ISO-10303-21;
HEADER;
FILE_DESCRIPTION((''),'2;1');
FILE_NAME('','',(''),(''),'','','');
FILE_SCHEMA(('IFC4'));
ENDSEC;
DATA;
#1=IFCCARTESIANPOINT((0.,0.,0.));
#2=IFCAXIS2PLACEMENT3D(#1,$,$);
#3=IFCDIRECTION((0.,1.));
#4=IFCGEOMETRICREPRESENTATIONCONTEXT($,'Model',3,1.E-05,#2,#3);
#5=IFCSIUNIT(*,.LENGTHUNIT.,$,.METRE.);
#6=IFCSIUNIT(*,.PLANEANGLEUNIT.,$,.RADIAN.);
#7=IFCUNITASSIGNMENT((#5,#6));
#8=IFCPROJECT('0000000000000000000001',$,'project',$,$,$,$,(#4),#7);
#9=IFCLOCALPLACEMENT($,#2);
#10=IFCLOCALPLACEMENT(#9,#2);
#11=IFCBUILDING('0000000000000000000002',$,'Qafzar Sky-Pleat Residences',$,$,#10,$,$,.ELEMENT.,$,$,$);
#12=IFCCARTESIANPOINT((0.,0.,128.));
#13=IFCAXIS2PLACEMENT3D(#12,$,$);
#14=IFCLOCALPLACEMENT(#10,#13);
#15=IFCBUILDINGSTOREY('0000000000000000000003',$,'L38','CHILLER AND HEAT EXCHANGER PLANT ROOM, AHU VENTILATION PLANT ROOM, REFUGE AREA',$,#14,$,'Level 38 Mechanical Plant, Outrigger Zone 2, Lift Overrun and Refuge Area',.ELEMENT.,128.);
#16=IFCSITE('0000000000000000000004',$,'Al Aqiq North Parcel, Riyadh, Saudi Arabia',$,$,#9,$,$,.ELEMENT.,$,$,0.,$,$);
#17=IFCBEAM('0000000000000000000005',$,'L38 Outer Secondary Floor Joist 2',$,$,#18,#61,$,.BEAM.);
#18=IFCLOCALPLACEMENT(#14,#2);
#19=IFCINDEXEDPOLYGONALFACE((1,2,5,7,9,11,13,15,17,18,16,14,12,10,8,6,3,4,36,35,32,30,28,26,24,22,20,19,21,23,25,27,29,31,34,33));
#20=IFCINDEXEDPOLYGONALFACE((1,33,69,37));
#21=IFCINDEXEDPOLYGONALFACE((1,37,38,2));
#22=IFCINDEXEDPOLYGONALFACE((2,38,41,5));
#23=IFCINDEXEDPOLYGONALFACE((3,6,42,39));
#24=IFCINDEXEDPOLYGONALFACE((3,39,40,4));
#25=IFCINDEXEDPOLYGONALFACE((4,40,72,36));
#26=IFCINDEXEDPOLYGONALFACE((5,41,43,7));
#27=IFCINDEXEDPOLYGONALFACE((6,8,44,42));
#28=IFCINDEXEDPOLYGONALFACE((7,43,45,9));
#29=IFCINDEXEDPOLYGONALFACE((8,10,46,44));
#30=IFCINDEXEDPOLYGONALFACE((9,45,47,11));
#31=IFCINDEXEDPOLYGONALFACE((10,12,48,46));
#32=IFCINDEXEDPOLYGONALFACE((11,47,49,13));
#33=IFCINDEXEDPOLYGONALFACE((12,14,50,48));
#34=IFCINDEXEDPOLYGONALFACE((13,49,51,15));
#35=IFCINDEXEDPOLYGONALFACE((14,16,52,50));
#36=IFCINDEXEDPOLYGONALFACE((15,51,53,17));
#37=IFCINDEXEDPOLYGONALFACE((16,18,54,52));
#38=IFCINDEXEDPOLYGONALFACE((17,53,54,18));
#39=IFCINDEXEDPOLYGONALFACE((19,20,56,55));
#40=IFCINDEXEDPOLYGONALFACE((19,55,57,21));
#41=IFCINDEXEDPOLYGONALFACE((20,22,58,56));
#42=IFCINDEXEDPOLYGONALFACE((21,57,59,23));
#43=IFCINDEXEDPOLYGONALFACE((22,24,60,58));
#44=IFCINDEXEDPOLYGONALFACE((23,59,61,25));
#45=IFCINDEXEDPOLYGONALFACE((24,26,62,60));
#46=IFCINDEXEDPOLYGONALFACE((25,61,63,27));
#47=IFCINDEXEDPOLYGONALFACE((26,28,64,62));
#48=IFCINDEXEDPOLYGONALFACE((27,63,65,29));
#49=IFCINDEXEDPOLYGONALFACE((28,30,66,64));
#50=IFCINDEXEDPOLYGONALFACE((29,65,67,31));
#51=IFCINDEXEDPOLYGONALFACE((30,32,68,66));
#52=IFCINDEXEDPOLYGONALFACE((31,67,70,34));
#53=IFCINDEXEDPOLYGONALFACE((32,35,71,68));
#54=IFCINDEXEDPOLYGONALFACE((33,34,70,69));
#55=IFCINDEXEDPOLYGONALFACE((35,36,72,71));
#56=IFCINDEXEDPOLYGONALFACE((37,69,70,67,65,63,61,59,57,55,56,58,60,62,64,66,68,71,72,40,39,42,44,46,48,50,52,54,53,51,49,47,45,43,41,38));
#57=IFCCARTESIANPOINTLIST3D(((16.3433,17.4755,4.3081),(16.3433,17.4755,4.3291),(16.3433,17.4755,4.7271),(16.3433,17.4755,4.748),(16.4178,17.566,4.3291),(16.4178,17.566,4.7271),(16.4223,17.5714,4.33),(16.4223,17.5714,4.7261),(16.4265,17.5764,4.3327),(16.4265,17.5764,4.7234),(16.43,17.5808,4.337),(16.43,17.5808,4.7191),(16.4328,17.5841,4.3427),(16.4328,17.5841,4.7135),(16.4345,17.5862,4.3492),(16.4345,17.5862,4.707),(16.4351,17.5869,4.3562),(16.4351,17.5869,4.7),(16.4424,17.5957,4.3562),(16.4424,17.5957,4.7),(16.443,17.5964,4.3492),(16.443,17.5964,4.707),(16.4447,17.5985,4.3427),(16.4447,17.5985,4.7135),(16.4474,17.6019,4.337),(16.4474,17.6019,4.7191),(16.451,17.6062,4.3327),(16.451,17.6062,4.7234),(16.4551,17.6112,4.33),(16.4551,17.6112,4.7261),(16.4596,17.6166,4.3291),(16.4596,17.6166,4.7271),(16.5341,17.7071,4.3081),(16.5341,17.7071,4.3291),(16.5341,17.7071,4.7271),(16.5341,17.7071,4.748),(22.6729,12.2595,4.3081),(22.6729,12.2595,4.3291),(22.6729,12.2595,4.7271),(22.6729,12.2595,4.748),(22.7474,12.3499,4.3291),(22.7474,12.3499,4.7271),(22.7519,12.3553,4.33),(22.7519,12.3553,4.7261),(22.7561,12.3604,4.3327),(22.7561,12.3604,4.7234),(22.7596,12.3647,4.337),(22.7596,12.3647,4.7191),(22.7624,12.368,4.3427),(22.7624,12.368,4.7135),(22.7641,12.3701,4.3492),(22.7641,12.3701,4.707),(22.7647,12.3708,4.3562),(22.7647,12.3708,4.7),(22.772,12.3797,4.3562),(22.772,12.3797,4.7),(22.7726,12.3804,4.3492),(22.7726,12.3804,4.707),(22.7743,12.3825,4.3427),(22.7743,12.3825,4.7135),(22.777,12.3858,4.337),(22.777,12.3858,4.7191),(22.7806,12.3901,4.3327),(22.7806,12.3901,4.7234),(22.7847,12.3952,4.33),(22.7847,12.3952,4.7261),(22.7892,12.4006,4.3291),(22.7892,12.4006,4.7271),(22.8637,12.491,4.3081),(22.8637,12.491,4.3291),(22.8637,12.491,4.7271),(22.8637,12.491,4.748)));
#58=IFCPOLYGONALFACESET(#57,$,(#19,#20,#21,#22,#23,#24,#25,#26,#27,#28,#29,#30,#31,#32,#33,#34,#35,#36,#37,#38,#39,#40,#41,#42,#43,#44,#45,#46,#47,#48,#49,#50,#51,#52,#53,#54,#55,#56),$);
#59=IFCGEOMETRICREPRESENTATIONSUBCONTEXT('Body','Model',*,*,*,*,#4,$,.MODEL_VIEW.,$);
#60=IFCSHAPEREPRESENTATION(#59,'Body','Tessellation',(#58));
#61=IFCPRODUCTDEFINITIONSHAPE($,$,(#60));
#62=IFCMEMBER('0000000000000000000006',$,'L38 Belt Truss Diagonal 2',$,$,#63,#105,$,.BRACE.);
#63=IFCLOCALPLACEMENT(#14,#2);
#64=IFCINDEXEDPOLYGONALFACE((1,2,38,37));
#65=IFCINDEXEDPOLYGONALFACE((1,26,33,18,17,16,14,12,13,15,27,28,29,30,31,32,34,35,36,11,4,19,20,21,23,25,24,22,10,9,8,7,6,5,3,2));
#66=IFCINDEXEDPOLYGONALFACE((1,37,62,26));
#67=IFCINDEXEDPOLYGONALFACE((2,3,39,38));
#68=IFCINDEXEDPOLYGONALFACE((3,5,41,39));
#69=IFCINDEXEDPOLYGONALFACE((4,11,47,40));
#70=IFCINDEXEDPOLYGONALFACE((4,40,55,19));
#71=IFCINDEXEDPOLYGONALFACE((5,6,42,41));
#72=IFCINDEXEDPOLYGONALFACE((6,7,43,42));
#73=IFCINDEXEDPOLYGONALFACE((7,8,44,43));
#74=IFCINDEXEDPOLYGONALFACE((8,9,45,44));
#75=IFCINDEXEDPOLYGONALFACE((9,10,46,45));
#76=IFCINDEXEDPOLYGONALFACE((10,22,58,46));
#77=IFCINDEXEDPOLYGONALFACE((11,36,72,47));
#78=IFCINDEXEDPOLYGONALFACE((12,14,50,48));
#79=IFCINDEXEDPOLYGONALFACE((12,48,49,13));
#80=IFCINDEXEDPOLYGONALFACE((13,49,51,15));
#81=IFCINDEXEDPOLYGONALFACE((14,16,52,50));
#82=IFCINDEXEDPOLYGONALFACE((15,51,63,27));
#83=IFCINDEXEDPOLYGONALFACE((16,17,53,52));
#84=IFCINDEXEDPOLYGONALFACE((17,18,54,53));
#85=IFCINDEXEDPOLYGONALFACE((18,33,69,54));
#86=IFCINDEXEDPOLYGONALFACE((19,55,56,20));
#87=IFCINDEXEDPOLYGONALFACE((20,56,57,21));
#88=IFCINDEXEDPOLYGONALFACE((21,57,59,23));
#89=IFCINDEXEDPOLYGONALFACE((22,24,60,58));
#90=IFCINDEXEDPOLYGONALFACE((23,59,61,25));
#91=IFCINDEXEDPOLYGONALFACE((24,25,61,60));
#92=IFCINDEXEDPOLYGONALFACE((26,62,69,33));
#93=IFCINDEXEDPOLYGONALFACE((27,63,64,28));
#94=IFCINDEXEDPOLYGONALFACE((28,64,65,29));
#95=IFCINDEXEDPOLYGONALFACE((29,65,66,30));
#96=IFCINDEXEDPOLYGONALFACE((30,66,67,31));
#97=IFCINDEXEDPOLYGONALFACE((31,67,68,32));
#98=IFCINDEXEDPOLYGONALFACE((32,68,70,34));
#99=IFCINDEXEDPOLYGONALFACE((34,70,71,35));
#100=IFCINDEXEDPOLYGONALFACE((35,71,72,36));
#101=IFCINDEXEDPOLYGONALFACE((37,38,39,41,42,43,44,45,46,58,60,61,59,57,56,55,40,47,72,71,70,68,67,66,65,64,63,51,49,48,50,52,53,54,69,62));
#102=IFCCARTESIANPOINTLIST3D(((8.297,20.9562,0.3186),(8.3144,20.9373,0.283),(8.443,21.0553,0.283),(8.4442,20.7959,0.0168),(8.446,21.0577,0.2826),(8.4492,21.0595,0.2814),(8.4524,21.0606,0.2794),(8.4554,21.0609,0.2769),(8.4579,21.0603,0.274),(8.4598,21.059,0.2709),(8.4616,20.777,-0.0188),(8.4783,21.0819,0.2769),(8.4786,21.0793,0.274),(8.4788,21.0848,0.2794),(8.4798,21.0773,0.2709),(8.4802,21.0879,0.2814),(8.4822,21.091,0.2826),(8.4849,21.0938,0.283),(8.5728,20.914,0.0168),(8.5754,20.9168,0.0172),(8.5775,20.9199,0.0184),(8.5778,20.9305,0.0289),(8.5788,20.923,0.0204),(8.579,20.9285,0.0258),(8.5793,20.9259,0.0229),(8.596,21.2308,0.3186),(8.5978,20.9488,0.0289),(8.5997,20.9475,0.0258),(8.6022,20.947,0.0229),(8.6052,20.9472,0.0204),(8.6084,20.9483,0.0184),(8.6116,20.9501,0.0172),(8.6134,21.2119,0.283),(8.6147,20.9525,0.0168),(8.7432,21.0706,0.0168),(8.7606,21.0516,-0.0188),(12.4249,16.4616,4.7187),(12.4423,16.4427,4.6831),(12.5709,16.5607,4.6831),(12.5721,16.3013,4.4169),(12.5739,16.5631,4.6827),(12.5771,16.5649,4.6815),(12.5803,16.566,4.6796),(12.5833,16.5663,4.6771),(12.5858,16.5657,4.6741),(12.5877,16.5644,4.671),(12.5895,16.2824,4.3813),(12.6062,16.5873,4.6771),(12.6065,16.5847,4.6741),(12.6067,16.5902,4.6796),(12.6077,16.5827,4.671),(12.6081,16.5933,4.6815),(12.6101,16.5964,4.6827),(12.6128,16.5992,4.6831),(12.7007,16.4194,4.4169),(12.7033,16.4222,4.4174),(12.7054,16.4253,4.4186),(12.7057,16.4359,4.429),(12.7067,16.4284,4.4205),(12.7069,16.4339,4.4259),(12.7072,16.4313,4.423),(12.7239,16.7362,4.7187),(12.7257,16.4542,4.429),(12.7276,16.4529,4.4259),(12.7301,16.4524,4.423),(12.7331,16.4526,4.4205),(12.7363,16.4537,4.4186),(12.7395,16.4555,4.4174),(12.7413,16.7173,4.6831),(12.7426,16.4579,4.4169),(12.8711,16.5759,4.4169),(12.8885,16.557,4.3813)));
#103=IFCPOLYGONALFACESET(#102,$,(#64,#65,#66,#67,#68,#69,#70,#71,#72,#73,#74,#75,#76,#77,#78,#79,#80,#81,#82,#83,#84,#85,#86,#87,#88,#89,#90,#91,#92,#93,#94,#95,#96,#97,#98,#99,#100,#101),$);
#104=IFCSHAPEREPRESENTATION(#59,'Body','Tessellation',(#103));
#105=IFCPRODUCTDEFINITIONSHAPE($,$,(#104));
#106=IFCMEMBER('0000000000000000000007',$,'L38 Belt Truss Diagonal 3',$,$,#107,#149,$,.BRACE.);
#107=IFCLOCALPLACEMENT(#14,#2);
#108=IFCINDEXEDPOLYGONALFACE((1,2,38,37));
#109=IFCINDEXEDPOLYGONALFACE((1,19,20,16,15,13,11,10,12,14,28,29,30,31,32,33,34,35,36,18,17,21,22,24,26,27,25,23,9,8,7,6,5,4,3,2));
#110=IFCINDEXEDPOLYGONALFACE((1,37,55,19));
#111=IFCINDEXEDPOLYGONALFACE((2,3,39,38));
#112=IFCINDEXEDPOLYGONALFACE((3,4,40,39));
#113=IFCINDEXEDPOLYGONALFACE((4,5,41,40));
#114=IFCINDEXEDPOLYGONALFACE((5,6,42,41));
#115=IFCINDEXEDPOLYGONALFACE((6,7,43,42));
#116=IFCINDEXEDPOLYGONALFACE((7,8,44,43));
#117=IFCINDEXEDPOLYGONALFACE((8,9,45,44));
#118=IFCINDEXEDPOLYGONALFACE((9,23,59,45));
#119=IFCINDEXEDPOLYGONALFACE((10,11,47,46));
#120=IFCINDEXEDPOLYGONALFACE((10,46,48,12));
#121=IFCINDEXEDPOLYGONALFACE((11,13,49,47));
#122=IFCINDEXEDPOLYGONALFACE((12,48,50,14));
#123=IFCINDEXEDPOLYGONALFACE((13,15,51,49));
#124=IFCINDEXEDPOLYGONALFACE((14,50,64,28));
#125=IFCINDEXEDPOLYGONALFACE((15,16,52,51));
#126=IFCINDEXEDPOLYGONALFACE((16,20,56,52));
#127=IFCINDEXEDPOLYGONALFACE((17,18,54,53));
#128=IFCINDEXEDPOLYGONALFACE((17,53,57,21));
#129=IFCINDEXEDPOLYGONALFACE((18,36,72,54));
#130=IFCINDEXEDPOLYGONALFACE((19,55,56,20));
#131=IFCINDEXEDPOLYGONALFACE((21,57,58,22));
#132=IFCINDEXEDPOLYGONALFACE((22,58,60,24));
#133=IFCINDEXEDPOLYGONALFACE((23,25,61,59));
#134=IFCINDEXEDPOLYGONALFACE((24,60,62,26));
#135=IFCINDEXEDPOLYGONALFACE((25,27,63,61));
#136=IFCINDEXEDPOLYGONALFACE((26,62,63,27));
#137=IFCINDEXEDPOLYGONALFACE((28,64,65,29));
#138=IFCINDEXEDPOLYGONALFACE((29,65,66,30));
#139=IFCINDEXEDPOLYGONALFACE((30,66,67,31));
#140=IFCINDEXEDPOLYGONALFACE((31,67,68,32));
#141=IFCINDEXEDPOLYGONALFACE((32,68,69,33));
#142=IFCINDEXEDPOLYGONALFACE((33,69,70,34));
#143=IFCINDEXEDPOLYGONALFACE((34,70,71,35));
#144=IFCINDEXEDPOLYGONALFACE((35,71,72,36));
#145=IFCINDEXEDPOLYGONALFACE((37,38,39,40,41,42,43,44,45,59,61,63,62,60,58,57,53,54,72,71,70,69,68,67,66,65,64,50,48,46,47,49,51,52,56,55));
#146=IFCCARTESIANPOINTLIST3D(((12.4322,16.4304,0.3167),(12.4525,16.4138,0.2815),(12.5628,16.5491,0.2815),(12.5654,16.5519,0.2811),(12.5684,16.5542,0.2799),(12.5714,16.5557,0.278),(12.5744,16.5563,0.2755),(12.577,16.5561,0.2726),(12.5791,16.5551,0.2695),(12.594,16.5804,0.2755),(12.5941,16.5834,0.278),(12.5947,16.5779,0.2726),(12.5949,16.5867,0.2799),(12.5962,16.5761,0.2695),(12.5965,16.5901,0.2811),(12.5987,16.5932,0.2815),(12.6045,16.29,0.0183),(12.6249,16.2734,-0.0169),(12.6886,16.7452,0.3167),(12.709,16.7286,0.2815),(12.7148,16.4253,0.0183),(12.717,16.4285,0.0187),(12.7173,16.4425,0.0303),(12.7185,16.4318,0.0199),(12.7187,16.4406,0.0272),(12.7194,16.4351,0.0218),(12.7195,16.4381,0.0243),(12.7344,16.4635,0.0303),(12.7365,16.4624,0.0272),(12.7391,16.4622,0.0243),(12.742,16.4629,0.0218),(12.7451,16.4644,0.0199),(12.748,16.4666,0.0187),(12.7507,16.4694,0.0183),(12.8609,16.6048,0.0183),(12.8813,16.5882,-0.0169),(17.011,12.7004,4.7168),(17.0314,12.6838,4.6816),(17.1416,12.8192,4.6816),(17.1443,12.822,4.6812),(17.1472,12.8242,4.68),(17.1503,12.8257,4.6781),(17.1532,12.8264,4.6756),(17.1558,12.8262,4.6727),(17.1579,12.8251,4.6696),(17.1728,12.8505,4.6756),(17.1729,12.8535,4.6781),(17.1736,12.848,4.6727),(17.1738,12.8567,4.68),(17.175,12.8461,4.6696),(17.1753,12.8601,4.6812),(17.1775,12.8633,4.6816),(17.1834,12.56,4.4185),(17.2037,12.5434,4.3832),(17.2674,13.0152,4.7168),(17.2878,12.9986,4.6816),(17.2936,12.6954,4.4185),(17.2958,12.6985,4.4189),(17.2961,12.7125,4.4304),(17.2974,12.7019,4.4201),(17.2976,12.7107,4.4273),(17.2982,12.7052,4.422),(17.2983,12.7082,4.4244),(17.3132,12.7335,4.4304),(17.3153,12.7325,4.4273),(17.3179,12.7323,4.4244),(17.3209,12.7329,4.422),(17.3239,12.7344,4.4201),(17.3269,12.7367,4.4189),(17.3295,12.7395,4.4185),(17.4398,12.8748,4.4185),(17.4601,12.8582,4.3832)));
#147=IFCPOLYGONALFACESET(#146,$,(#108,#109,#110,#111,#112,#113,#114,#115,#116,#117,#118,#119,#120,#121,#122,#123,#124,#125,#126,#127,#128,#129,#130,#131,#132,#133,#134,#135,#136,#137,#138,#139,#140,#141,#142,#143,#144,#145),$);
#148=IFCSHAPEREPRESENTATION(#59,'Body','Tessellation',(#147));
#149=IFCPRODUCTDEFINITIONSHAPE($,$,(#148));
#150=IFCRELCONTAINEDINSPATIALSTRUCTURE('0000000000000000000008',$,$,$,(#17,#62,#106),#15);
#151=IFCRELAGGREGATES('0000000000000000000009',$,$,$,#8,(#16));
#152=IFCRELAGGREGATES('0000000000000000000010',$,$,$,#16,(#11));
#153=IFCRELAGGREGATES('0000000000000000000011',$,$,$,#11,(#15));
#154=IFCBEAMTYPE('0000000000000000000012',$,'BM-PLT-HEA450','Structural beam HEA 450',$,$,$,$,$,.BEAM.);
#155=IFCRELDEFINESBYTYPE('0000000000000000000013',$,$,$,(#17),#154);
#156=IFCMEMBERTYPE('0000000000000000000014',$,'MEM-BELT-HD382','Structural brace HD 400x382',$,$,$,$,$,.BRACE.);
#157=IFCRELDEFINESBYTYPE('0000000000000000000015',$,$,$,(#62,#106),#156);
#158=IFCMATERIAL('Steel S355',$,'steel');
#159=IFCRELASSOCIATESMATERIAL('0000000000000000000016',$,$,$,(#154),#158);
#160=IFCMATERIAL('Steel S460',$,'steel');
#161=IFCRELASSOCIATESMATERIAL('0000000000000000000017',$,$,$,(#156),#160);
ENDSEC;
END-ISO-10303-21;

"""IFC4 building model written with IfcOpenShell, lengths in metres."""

from ifc_helpers import new_model, si_unit, direction, frame, origin, origin_2d, place, context, subcontext, project, spatial, i_section, extrude, source, transform, mapped, material, material_profile, profile_set, type_object, element, save


model = new_model("IFC4")

# Units and contexts
model_context = context("Model", 3, precision=1e-05, world=origin(), true_north=direction((0.0, 1.0)))
body_context = subcontext(model_context, "Body", "Model", "MODEL_VIEW")
ifc_project = project(units=[si_unit("LENGTHUNIT", "METRE"), si_unit("PLANEANGLEUNIT", "RADIAN")], contexts=[model_context])

# Site, building, storey
site_placement = place(None, origin())
site = spatial("IfcSite", under=ifc_project, at=site_placement, Name="Al Aqiq North Parcel, Riyadh, Saudi Arabia", CompositionType="ELEMENT", RefElevation=0.0)
building_placement = place(site_placement, origin())
building = spatial("IfcBuilding", under=site, at=building_placement, Name="Qafzar Sky-Pleat Residences", CompositionType="ELEMENT")
storey_placement = place(building_placement, frame((0.0, 0.0, 128.0)))
storey = spatial("IfcBuildingStorey", under=building, at=storey_placement, Name="L38", Description="CHILLER AND HEAT EXCHANGER PLANT ROOM, AHU VENTILATION PLANT ROOM, REFUGE AREA", LongName="Level 38 Mechanical Plant, Outrigger Zone 2, Lift Overrun and Refuge Area", CompositionType="ELEMENT", Elevation=128.0)

# Shared definitions
ifc_material_1 = material(Name="Steel S460", Category="steel")

# Beam
ifc_material_2 = material(Name="Steel S355", Category="steel")
ifc_material_profile_1 = material_profile(ifc_material_2, i_section(OverallWidth=0.3, OverallDepth=0.4399, WebThickness=0.0115, FlangeThickness=0.021, FilletRadius=0.0271, at=origin_2d()), Name="HEA 450")
ifc_profile_set_1 = profile_set([ifc_material_profile_1], Name="Steel S355")
beam_type_1 = type_object("IfcBeamType", Name="BM-PLT-HEA450", Description="Structural beam HEA 450", PredefinedType="BEAM", material=ifc_profile_set_1)
shared_shape_1 = source(origin(), body_context, "Body", "SweptSolid", [
    extrude(i_section(OverallWidth=0.3, OverallDepth=0.4399, WebThickness=0.0115, FlangeThickness=0.021, FilletRadius=0.0271, at=origin_2d()), origin(), (0.0, 0.0, 1.0), 8.2019),
])
beam_1_placement = place(storey_placement, frame((16.4387, 17.5913, 4.5281), z_axis=(0.771723, -0.635959, 0.0), x_axis=(0.635959, 0.771723, 0.0)))
element("IfcBeam", 1, at=beam_1_placement, inside=storey, type_object=beam_type_1, Name="L38 Outer Secondary Floor Joist 2", PredefinedType="BEAM", context=body_context, shape_type="MappedRepresentation", body=[
    mapped(shared_shape_1, transform((0.0, 0.0, 0.0), x_axis=(1.0, 0.0, 0.0), y_axis=(0.0, 1.0, 0.0), z_axis=(0.0, 0.0, 1.0), scale=1.0)),
])

# Members
ifc_material_profile_2 = material_profile(ifc_material_1, i_section(OverallWidth=0.406, OverallDepth=0.416, WebThickness=0.0271, FlangeThickness=0.0439, FilletRadius=0.0149, at=origin_2d()), Name="HD 400x382")
ifc_profile_set_2 = profile_set([ifc_material_profile_2], Name="Steel S460")
member_type = type_object("IfcMemberType", Name="MEM-BELT-HD382", Description="Structural brace HD 400x382", PredefinedType="BRACE", material=ifc_profile_set_2)
shared_shape_2 = source(origin(), body_context, "Body", "SweptSolid", [
    extrude(i_section(OverallWidth=0.406, OverallDepth=0.416, WebThickness=0.0271, FlangeThickness=0.0439, FilletRadius=0.0149, at=origin_2d()), origin(), (0.0, 0.0, 1.0), 7.5234),
])
member_1_placement = place(storey_placement, frame((8.5288, 21.0039, 0.1499), z_axis=(0.548673, -0.597413, 0.584855), x_axis=(0.736513, 0.676424, 0.0)))
element("IfcMember", 2, at=member_1_placement, inside=storey, type_object=member_type, Name="L38 Belt Truss Diagonal 2", PredefinedType="BRACE", context=body_context, shape_type="MappedRepresentation", body=[
    mapped(shared_shape_2, transform((0.0, 0.0, 0.0), x_axis=(1.0, 0.0, 0.0), y_axis=(0.0, 1.0, 0.0), z_axis=(0.0, 0.0, 1.0), scale=1.0)),
])
shared_shape_3 = source(origin(), body_context, "Body", "SweptSolid", [
    extrude(i_section(OverallWidth=0.406, OverallDepth=0.416, WebThickness=0.0271, FlangeThickness=0.0439, FilletRadius=0.0149, at=origin_2d()), origin(), (0.0, 0.0, 1.0), 7.3647),
])
member_2_placement = place(storey_placement, frame((12.6567, 16.5093, 0.1499), z_axis=(0.621724, -0.506462, 0.597458), x_axis=(0.631577, 0.775313, 0.0)))
element("IfcMember", 3, at=member_2_placement, inside=storey, type_object=member_type, Name="L38 Belt Truss Diagonal 3", PredefinedType="BRACE", context=body_context, shape_type="MappedRepresentation", body=[
    mapped(shared_shape_3, transform((0.0, 0.0, 0.0), x_axis=(1.0, 0.0, 0.0), y_axis=(0.0, 1.0, 0.0), z_axis=(0.0, 0.0, 1.0), scale=1.0)),
])

save(model, "model.ifc")
